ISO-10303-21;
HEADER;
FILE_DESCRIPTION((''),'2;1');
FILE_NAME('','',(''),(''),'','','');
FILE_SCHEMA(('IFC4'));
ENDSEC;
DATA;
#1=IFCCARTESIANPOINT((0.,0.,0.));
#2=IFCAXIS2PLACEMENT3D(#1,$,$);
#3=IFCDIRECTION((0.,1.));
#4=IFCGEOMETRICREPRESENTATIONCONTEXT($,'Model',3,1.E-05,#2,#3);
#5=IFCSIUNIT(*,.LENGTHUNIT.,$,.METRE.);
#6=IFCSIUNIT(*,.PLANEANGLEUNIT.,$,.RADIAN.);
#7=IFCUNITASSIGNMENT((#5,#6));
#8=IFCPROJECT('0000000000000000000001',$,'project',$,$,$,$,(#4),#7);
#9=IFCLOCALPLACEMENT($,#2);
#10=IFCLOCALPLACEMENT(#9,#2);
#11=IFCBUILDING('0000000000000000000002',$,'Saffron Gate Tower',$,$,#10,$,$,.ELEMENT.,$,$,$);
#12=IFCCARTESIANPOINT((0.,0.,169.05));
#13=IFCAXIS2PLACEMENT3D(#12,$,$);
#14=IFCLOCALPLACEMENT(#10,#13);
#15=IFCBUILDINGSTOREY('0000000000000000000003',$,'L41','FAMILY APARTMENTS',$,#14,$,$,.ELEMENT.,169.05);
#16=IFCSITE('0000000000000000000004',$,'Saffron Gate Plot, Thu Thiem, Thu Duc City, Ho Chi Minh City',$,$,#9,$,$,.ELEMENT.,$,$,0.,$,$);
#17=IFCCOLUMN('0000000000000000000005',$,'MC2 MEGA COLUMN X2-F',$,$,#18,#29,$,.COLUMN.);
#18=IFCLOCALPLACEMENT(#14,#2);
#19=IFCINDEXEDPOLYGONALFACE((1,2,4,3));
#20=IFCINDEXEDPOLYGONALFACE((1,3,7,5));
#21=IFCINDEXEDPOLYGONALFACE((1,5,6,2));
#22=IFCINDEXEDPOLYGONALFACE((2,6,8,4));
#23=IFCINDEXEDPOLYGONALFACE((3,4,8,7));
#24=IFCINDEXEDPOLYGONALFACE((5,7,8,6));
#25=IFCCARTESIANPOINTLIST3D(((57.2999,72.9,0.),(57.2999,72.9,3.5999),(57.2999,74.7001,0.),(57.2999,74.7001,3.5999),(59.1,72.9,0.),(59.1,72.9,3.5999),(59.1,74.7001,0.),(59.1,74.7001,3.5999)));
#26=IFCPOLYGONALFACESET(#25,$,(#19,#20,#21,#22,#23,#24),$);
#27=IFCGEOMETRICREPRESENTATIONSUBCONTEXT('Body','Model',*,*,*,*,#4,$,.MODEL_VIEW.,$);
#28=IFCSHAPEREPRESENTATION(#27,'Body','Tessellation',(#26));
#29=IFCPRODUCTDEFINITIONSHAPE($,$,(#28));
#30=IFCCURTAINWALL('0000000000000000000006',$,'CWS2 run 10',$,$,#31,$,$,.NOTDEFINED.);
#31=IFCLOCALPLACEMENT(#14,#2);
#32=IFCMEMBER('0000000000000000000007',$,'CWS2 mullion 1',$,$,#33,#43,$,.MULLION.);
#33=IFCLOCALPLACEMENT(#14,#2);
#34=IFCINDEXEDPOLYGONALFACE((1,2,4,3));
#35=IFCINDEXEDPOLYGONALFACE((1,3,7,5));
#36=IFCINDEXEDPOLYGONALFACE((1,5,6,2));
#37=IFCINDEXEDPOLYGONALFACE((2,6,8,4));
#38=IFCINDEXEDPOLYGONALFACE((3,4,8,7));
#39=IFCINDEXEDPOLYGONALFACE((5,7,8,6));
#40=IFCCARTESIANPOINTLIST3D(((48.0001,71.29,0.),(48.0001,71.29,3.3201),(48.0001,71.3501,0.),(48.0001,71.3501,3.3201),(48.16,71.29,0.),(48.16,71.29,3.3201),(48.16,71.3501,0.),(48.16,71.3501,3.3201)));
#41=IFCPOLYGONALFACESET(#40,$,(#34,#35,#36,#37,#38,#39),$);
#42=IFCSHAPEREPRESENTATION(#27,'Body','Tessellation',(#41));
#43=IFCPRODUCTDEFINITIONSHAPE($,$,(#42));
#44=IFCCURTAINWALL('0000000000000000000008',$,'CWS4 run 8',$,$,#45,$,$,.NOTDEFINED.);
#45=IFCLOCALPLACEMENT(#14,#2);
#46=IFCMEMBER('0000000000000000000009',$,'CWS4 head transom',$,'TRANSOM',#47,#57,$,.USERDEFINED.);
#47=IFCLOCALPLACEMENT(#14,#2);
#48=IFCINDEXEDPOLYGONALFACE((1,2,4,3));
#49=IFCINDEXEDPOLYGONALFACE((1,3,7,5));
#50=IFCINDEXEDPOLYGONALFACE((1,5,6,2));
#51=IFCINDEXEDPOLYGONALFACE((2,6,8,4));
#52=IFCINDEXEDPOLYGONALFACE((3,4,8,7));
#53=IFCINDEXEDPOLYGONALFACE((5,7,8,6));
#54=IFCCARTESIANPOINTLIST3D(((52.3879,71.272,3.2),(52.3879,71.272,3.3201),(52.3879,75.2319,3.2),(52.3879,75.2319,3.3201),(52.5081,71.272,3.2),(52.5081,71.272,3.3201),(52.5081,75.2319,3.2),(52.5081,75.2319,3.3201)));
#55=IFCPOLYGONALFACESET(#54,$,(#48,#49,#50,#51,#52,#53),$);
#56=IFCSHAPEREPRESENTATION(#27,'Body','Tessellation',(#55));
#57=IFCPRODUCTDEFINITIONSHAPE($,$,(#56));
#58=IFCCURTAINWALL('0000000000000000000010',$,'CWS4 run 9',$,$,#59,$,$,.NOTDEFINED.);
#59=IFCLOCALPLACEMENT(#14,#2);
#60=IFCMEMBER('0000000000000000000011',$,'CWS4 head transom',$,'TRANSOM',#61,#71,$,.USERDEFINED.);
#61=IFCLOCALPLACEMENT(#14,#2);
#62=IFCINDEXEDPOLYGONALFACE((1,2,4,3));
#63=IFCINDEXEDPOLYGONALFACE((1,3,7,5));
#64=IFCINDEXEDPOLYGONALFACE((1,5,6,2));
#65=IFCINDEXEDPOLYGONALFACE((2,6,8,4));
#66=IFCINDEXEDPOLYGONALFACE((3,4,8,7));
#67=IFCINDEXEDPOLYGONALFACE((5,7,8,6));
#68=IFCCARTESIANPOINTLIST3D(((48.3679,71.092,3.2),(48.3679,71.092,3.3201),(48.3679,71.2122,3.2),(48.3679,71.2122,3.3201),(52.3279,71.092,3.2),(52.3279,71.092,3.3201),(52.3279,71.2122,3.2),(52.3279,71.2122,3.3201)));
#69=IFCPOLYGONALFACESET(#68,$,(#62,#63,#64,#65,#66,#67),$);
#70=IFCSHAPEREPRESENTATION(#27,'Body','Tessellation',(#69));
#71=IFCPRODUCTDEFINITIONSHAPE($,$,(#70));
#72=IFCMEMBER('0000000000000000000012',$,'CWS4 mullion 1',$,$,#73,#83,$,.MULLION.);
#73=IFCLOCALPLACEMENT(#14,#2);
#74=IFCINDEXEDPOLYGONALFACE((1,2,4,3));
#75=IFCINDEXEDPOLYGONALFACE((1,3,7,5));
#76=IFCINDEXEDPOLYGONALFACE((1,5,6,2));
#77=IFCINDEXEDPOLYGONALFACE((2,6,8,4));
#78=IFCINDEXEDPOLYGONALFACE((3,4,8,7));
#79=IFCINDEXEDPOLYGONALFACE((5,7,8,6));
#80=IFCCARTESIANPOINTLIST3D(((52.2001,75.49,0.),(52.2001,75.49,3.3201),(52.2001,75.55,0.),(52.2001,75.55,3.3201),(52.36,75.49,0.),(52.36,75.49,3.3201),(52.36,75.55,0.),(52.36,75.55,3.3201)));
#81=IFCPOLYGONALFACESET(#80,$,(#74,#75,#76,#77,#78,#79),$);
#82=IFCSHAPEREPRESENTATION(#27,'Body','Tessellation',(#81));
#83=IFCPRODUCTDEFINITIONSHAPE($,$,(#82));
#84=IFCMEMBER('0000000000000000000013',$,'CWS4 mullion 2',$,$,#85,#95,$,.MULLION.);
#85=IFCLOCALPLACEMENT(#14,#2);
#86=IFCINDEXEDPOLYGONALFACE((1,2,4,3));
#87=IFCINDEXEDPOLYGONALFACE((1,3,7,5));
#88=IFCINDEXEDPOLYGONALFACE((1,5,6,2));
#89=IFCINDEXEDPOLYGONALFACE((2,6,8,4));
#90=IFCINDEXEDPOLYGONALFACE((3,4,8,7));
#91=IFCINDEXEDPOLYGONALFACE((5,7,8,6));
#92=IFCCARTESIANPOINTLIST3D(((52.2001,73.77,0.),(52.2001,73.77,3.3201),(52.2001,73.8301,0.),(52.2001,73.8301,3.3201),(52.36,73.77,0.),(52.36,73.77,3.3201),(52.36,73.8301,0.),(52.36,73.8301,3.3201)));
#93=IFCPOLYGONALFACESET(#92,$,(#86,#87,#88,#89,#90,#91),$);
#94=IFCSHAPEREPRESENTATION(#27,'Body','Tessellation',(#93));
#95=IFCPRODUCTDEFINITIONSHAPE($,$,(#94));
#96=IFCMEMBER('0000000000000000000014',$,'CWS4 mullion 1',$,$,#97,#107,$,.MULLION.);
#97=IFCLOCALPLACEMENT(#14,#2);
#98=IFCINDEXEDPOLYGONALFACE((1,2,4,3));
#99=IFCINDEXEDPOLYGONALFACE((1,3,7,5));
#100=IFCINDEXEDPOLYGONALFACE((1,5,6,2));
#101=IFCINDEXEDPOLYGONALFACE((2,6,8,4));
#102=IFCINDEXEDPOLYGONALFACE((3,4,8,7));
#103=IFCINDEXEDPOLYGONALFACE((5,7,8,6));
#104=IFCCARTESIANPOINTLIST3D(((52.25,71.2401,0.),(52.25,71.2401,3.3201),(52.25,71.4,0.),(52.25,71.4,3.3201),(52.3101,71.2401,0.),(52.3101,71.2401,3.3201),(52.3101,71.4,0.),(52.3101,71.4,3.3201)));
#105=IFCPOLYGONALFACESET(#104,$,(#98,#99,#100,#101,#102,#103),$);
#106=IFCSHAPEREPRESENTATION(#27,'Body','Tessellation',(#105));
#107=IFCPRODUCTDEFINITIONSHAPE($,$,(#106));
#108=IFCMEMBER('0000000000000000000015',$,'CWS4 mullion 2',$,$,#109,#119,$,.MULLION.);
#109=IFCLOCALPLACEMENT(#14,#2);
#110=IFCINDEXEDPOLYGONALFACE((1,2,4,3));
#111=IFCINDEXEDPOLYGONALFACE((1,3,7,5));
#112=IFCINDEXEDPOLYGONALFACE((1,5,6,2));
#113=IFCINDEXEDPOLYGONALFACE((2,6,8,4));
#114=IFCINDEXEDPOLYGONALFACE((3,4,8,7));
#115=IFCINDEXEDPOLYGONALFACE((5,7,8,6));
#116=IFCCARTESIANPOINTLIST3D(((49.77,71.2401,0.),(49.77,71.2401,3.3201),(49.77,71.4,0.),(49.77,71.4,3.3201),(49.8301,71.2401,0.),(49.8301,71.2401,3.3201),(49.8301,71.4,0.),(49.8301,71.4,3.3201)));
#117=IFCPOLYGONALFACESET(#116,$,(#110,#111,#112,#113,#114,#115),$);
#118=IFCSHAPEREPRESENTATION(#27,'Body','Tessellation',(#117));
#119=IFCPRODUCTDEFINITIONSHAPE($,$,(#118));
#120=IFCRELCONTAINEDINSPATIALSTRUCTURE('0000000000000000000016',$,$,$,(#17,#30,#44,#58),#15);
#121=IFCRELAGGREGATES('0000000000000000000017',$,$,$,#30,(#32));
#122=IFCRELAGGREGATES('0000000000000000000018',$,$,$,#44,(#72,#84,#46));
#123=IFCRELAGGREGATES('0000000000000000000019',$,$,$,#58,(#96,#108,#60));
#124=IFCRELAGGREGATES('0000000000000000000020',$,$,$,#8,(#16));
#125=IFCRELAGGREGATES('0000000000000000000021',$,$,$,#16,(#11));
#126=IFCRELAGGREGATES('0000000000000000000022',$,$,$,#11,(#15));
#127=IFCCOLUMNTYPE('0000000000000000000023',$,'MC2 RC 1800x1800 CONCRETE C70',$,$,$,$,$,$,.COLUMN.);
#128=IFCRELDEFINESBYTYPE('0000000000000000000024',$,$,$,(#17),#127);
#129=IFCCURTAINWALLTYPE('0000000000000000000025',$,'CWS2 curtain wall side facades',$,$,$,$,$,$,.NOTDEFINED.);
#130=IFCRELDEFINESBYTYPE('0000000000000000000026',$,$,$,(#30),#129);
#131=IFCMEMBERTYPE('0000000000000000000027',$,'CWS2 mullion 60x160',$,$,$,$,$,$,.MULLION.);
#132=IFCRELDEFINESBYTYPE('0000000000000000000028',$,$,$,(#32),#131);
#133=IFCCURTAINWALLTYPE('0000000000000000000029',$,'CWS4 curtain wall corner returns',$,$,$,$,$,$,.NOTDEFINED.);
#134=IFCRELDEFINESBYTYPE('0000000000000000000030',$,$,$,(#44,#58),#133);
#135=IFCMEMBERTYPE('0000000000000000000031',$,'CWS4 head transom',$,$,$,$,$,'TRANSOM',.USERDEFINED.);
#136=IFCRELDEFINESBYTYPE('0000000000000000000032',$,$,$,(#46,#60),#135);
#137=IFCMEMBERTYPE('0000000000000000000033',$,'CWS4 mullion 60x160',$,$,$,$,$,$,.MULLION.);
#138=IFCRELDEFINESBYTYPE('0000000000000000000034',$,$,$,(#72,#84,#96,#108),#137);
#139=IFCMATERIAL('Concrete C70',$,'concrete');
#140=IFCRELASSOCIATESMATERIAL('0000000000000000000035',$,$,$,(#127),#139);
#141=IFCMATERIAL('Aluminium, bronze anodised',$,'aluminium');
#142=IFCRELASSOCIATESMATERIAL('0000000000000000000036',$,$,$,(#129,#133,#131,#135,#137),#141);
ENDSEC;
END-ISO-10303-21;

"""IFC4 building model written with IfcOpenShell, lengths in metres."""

from ifc_helpers import new_model, si_unit, direction, frame, origin, origin_2d, place, context, subcontext, project, spatial, rectangle, extrude, material, material_profile, profile_set, type_object, element, aggregate, save


model = new_model("IFC4")

# Units and contexts
model_context = context("Model", 3, precision=1e-05, world=origin(), true_north=direction((0.0, 1.0)))
body_context = subcontext(model_context, "Body", "Model", "MODEL_VIEW")
ifc_project = project(units=[si_unit("LENGTHUNIT", "METRE"), si_unit("PLANEANGLEUNIT", "RADIAN")], contexts=[model_context])

# Site, building, storey
site_placement = place(None, origin())
site = spatial("IfcSite", under=ifc_project, at=site_placement, Name="Saffron Gate Plot, Thu Thiem, Thu Duc City, Ho Chi Minh City", CompositionType="ELEMENT", RefElevation=0.0)
building_placement = place(site_placement, origin())
building = spatial("IfcBuilding", under=site, at=building_placement, Name="Saffron Gate Tower", CompositionType="ELEMENT")
storey_placement = place(building_placement, frame((0.0, 0.0, 169.05)))
storey = spatial("IfcBuildingStorey", under=building, at=storey_placement, Name="L41", Description="FAMILY APARTMENTS", CompositionType="ELEMENT", Elevation=169.05)

# Column
ifc_material_1 = material(Name="Concrete C70", Category="concrete")
ifc_material_profile_1 = material_profile(ifc_material_1, rectangle(XDim=1.8, YDim=1.8, at=origin_2d()))
ifc_profile_set_1 = profile_set([ifc_material_profile_1], Name="Concrete C70")
column_type = type_object("IfcColumnType", Name="MC2 RC 1800x1800 CONCRETE C70", PredefinedType="COLUMN", material=ifc_profile_set_1)
column_placement = place(storey_placement, frame((58.2, 73.8, 0.0), z_axis=(0.0, 0.0, 1.0), x_axis=(1.0, 0.0, 0.0)))
element("IfcColumn", 1, at=column_placement, inside=storey, type_object=column_type, Name="MC2 MEGA COLUMN X2-F", PredefinedType="COLUMN", context=body_context, shape_type="SweptSolid", body=[
    extrude(rectangle(XDim=1.8, YDim=1.8, at=origin_2d()), origin(), (0.0, 0.0, 1.0), 3.5999),
])

# Curtain walls, members
ifc_material_2 = material(Name="Aluminium, bronze anodised", Category="aluminium")
curtain_wall_type_1 = type_object("IfcCurtainWallType", Name="CWS2 curtain wall side facades", PredefinedType="NOTDEFINED", material=ifc_material_2)
curtain_wall_1_placement = place(storey_placement, origin())
curtain_wall_1 = element("IfcCurtainWall", 2, at=curtain_wall_1_placement, inside=storey, type_object=curtain_wall_type_1, Name="CWS2 run 10", PredefinedType="NOTDEFINED")
ifc_material_profile_2 = material_profile(ifc_material_2, rectangle(XDim=0.1599, YDim=0.0601, at=origin_2d()))
ifc_profile_set_2 = profile_set([ifc_material_profile_2], Name="Aluminium, bronze anodised")
member_type_1 = type_object("IfcMemberType", Name="CWS2 mullion 60x160", PredefinedType="MULLION", material=ifc_profile_set_2)
member_1_placement = place(storey_placement, frame((48.0801, 71.3201, 0.0), z_axis=(0.0, 0.0, 1.0), x_axis=(1.0, 0.0, 0.0)))
member_1 = element("IfcMember", 3, at=member_1_placement, type_object=member_type_1, Name="CWS2 mullion 1", PredefinedType="MULLION", context=body_context, shape_type="SweptSolid", body=[
    extrude(rectangle(XDim=0.1599, YDim=0.0601, at=origin_2d()), origin(), (0.0, 0.0, 1.0), 3.3201),
])
curtain_wall_type_2 = type_object("IfcCurtainWallType", Name="CWS4 curtain wall corner returns", PredefinedType="NOTDEFINED", material=ifc_material_2)
curtain_wall_2_placement = place(storey_placement, origin())
curtain_wall_2 = element("IfcCurtainWall", 4, at=curtain_wall_2_placement, inside=storey, type_object=curtain_wall_type_2, Name="CWS4 run 8", PredefinedType="NOTDEFINED")
ifc_material_profile_3 = material_profile(ifc_material_2, rectangle(XDim=0.1201, YDim=0.1201, at=origin_2d()))
ifc_profile_set_3 = profile_set([ifc_material_profile_3], Name="Aluminium, bronze anodised")
member_type_2 = type_object("IfcMemberType", Name="CWS4 head transom", ElementType="TRANSOM", PredefinedType="USERDEFINED", material=ifc_profile_set_3)
member_2_placement = place(storey_placement, frame((52.448, 75.2319, 3.26), z_axis=(0.0, -1.0, 0.0), x_axis=(1.0, 0.0, 0.0)))
member_2 = element("IfcMember", 5, at=member_2_placement, type_object=member_type_2, Name="CWS4 head transom", ObjectType="TRANSOM", PredefinedType="USERDEFINED", context=body_context, shape_type="SweptSolid", body=[
    extrude(rectangle(XDim=0.1201, YDim=0.1201, at=origin_2d()), origin(), (0.0, 0.0, 1.0), 3.96),
])
curtain_wall_3_placement = place(storey_placement, origin())
curtain_wall_3 = element("IfcCurtainWall", 6, at=curtain_wall_3_placement, inside=storey, type_object=curtain_wall_type_2, Name="CWS4 run 9", PredefinedType="NOTDEFINED")
member_3_placement = place(storey_placement, frame((52.3279, 71.1521, 3.26), z_axis=(-1.0, 0.0, 0.0), x_axis=(0.0, -1.0, 0.0)))
member_3 = element("IfcMember", 7, at=member_3_placement, type_object=member_type_2, Name="CWS4 head transom", ObjectType="TRANSOM", PredefinedType="USERDEFINED", context=body_context, shape_type="SweptSolid", body=[
    extrude(rectangle(XDim=0.1201, YDim=0.1201, at=origin_2d()), origin(), (0.0, 0.0, 1.0), 3.96),
])

# Members
ifc_material_profile_4 = material_profile(ifc_material_2, rectangle(XDim=0.1599, YDim=0.0601, at=origin_2d()))
ifc_profile_set_4 = profile_set([ifc_material_profile_4], Name="Aluminium, bronze anodised")
member_type_3 = type_object("IfcMemberType", Name="CWS4 mullion 60x160", PredefinedType="MULLION", material=ifc_profile_set_4)
member_4_placement = place(storey_placement, frame((52.28, 75.52, 0.0), z_axis=(0.0, 0.0, 1.0), x_axis=(1.0, 0.0, 0.0)))
member_4 = element("IfcMember", 8, at=member_4_placement, type_object=member_type_3, Name="CWS4 mullion 1", PredefinedType="MULLION", context=body_context, shape_type="SweptSolid", body=[
    extrude(rectangle(XDim=0.1599, YDim=0.0601, at=origin_2d()), origin(), (0.0, 0.0, 1.0), 3.3201),
])
member_5_placement = place(storey_placement, frame((52.28, 73.8, 0.0), z_axis=(0.0, 0.0, 1.0), x_axis=(1.0, 0.0, 0.0)))
member_5 = element("IfcMember", 9, at=member_5_placement, type_object=member_type_3, Name="CWS4 mullion 2", PredefinedType="MULLION", context=body_context, shape_type="SweptSolid", body=[
    extrude(rectangle(XDim=0.1599, YDim=0.0601, at=origin_2d()), origin(), (0.0, 0.0, 1.0), 3.3201),
])
member_6_placement = place(storey_placement, frame((52.28, 71.3201, 0.0), z_axis=(0.0, 0.0, 1.0), x_axis=(0.0, -1.0, 0.0)))
member_6 = element("IfcMember", 10, at=member_6_placement, type_object=member_type_3, Name="CWS4 mullion 1", PredefinedType="MULLION", context=body_context, shape_type="SweptSolid", body=[
    extrude(rectangle(XDim=0.1599, YDim=0.0601, at=origin_2d()), origin(), (0.0, 0.0, 1.0), 3.3201),
])
member_7_placement = place(storey_placement, frame((49.8, 71.3201, 0.0), z_axis=(0.0, 0.0, 1.0), x_axis=(0.0, -1.0, 0.0)))
member_7 = element("IfcMember", 11, at=member_7_placement, type_object=member_type_3, Name="CWS4 mullion 2", PredefinedType="MULLION", context=body_context, shape_type="SweptSolid", body=[
    extrude(rectangle(XDim=0.1599, YDim=0.0601, at=origin_2d()), origin(), (0.0, 0.0, 1.0), 3.3201),
])

aggregate(curtain_wall_1, [member_1])

aggregate(curtain_wall_2, [member_4, member_5, member_2])
aggregate(curtain_wall_3, [member_6, member_7, member_3])

save(model, "model.ifc")
